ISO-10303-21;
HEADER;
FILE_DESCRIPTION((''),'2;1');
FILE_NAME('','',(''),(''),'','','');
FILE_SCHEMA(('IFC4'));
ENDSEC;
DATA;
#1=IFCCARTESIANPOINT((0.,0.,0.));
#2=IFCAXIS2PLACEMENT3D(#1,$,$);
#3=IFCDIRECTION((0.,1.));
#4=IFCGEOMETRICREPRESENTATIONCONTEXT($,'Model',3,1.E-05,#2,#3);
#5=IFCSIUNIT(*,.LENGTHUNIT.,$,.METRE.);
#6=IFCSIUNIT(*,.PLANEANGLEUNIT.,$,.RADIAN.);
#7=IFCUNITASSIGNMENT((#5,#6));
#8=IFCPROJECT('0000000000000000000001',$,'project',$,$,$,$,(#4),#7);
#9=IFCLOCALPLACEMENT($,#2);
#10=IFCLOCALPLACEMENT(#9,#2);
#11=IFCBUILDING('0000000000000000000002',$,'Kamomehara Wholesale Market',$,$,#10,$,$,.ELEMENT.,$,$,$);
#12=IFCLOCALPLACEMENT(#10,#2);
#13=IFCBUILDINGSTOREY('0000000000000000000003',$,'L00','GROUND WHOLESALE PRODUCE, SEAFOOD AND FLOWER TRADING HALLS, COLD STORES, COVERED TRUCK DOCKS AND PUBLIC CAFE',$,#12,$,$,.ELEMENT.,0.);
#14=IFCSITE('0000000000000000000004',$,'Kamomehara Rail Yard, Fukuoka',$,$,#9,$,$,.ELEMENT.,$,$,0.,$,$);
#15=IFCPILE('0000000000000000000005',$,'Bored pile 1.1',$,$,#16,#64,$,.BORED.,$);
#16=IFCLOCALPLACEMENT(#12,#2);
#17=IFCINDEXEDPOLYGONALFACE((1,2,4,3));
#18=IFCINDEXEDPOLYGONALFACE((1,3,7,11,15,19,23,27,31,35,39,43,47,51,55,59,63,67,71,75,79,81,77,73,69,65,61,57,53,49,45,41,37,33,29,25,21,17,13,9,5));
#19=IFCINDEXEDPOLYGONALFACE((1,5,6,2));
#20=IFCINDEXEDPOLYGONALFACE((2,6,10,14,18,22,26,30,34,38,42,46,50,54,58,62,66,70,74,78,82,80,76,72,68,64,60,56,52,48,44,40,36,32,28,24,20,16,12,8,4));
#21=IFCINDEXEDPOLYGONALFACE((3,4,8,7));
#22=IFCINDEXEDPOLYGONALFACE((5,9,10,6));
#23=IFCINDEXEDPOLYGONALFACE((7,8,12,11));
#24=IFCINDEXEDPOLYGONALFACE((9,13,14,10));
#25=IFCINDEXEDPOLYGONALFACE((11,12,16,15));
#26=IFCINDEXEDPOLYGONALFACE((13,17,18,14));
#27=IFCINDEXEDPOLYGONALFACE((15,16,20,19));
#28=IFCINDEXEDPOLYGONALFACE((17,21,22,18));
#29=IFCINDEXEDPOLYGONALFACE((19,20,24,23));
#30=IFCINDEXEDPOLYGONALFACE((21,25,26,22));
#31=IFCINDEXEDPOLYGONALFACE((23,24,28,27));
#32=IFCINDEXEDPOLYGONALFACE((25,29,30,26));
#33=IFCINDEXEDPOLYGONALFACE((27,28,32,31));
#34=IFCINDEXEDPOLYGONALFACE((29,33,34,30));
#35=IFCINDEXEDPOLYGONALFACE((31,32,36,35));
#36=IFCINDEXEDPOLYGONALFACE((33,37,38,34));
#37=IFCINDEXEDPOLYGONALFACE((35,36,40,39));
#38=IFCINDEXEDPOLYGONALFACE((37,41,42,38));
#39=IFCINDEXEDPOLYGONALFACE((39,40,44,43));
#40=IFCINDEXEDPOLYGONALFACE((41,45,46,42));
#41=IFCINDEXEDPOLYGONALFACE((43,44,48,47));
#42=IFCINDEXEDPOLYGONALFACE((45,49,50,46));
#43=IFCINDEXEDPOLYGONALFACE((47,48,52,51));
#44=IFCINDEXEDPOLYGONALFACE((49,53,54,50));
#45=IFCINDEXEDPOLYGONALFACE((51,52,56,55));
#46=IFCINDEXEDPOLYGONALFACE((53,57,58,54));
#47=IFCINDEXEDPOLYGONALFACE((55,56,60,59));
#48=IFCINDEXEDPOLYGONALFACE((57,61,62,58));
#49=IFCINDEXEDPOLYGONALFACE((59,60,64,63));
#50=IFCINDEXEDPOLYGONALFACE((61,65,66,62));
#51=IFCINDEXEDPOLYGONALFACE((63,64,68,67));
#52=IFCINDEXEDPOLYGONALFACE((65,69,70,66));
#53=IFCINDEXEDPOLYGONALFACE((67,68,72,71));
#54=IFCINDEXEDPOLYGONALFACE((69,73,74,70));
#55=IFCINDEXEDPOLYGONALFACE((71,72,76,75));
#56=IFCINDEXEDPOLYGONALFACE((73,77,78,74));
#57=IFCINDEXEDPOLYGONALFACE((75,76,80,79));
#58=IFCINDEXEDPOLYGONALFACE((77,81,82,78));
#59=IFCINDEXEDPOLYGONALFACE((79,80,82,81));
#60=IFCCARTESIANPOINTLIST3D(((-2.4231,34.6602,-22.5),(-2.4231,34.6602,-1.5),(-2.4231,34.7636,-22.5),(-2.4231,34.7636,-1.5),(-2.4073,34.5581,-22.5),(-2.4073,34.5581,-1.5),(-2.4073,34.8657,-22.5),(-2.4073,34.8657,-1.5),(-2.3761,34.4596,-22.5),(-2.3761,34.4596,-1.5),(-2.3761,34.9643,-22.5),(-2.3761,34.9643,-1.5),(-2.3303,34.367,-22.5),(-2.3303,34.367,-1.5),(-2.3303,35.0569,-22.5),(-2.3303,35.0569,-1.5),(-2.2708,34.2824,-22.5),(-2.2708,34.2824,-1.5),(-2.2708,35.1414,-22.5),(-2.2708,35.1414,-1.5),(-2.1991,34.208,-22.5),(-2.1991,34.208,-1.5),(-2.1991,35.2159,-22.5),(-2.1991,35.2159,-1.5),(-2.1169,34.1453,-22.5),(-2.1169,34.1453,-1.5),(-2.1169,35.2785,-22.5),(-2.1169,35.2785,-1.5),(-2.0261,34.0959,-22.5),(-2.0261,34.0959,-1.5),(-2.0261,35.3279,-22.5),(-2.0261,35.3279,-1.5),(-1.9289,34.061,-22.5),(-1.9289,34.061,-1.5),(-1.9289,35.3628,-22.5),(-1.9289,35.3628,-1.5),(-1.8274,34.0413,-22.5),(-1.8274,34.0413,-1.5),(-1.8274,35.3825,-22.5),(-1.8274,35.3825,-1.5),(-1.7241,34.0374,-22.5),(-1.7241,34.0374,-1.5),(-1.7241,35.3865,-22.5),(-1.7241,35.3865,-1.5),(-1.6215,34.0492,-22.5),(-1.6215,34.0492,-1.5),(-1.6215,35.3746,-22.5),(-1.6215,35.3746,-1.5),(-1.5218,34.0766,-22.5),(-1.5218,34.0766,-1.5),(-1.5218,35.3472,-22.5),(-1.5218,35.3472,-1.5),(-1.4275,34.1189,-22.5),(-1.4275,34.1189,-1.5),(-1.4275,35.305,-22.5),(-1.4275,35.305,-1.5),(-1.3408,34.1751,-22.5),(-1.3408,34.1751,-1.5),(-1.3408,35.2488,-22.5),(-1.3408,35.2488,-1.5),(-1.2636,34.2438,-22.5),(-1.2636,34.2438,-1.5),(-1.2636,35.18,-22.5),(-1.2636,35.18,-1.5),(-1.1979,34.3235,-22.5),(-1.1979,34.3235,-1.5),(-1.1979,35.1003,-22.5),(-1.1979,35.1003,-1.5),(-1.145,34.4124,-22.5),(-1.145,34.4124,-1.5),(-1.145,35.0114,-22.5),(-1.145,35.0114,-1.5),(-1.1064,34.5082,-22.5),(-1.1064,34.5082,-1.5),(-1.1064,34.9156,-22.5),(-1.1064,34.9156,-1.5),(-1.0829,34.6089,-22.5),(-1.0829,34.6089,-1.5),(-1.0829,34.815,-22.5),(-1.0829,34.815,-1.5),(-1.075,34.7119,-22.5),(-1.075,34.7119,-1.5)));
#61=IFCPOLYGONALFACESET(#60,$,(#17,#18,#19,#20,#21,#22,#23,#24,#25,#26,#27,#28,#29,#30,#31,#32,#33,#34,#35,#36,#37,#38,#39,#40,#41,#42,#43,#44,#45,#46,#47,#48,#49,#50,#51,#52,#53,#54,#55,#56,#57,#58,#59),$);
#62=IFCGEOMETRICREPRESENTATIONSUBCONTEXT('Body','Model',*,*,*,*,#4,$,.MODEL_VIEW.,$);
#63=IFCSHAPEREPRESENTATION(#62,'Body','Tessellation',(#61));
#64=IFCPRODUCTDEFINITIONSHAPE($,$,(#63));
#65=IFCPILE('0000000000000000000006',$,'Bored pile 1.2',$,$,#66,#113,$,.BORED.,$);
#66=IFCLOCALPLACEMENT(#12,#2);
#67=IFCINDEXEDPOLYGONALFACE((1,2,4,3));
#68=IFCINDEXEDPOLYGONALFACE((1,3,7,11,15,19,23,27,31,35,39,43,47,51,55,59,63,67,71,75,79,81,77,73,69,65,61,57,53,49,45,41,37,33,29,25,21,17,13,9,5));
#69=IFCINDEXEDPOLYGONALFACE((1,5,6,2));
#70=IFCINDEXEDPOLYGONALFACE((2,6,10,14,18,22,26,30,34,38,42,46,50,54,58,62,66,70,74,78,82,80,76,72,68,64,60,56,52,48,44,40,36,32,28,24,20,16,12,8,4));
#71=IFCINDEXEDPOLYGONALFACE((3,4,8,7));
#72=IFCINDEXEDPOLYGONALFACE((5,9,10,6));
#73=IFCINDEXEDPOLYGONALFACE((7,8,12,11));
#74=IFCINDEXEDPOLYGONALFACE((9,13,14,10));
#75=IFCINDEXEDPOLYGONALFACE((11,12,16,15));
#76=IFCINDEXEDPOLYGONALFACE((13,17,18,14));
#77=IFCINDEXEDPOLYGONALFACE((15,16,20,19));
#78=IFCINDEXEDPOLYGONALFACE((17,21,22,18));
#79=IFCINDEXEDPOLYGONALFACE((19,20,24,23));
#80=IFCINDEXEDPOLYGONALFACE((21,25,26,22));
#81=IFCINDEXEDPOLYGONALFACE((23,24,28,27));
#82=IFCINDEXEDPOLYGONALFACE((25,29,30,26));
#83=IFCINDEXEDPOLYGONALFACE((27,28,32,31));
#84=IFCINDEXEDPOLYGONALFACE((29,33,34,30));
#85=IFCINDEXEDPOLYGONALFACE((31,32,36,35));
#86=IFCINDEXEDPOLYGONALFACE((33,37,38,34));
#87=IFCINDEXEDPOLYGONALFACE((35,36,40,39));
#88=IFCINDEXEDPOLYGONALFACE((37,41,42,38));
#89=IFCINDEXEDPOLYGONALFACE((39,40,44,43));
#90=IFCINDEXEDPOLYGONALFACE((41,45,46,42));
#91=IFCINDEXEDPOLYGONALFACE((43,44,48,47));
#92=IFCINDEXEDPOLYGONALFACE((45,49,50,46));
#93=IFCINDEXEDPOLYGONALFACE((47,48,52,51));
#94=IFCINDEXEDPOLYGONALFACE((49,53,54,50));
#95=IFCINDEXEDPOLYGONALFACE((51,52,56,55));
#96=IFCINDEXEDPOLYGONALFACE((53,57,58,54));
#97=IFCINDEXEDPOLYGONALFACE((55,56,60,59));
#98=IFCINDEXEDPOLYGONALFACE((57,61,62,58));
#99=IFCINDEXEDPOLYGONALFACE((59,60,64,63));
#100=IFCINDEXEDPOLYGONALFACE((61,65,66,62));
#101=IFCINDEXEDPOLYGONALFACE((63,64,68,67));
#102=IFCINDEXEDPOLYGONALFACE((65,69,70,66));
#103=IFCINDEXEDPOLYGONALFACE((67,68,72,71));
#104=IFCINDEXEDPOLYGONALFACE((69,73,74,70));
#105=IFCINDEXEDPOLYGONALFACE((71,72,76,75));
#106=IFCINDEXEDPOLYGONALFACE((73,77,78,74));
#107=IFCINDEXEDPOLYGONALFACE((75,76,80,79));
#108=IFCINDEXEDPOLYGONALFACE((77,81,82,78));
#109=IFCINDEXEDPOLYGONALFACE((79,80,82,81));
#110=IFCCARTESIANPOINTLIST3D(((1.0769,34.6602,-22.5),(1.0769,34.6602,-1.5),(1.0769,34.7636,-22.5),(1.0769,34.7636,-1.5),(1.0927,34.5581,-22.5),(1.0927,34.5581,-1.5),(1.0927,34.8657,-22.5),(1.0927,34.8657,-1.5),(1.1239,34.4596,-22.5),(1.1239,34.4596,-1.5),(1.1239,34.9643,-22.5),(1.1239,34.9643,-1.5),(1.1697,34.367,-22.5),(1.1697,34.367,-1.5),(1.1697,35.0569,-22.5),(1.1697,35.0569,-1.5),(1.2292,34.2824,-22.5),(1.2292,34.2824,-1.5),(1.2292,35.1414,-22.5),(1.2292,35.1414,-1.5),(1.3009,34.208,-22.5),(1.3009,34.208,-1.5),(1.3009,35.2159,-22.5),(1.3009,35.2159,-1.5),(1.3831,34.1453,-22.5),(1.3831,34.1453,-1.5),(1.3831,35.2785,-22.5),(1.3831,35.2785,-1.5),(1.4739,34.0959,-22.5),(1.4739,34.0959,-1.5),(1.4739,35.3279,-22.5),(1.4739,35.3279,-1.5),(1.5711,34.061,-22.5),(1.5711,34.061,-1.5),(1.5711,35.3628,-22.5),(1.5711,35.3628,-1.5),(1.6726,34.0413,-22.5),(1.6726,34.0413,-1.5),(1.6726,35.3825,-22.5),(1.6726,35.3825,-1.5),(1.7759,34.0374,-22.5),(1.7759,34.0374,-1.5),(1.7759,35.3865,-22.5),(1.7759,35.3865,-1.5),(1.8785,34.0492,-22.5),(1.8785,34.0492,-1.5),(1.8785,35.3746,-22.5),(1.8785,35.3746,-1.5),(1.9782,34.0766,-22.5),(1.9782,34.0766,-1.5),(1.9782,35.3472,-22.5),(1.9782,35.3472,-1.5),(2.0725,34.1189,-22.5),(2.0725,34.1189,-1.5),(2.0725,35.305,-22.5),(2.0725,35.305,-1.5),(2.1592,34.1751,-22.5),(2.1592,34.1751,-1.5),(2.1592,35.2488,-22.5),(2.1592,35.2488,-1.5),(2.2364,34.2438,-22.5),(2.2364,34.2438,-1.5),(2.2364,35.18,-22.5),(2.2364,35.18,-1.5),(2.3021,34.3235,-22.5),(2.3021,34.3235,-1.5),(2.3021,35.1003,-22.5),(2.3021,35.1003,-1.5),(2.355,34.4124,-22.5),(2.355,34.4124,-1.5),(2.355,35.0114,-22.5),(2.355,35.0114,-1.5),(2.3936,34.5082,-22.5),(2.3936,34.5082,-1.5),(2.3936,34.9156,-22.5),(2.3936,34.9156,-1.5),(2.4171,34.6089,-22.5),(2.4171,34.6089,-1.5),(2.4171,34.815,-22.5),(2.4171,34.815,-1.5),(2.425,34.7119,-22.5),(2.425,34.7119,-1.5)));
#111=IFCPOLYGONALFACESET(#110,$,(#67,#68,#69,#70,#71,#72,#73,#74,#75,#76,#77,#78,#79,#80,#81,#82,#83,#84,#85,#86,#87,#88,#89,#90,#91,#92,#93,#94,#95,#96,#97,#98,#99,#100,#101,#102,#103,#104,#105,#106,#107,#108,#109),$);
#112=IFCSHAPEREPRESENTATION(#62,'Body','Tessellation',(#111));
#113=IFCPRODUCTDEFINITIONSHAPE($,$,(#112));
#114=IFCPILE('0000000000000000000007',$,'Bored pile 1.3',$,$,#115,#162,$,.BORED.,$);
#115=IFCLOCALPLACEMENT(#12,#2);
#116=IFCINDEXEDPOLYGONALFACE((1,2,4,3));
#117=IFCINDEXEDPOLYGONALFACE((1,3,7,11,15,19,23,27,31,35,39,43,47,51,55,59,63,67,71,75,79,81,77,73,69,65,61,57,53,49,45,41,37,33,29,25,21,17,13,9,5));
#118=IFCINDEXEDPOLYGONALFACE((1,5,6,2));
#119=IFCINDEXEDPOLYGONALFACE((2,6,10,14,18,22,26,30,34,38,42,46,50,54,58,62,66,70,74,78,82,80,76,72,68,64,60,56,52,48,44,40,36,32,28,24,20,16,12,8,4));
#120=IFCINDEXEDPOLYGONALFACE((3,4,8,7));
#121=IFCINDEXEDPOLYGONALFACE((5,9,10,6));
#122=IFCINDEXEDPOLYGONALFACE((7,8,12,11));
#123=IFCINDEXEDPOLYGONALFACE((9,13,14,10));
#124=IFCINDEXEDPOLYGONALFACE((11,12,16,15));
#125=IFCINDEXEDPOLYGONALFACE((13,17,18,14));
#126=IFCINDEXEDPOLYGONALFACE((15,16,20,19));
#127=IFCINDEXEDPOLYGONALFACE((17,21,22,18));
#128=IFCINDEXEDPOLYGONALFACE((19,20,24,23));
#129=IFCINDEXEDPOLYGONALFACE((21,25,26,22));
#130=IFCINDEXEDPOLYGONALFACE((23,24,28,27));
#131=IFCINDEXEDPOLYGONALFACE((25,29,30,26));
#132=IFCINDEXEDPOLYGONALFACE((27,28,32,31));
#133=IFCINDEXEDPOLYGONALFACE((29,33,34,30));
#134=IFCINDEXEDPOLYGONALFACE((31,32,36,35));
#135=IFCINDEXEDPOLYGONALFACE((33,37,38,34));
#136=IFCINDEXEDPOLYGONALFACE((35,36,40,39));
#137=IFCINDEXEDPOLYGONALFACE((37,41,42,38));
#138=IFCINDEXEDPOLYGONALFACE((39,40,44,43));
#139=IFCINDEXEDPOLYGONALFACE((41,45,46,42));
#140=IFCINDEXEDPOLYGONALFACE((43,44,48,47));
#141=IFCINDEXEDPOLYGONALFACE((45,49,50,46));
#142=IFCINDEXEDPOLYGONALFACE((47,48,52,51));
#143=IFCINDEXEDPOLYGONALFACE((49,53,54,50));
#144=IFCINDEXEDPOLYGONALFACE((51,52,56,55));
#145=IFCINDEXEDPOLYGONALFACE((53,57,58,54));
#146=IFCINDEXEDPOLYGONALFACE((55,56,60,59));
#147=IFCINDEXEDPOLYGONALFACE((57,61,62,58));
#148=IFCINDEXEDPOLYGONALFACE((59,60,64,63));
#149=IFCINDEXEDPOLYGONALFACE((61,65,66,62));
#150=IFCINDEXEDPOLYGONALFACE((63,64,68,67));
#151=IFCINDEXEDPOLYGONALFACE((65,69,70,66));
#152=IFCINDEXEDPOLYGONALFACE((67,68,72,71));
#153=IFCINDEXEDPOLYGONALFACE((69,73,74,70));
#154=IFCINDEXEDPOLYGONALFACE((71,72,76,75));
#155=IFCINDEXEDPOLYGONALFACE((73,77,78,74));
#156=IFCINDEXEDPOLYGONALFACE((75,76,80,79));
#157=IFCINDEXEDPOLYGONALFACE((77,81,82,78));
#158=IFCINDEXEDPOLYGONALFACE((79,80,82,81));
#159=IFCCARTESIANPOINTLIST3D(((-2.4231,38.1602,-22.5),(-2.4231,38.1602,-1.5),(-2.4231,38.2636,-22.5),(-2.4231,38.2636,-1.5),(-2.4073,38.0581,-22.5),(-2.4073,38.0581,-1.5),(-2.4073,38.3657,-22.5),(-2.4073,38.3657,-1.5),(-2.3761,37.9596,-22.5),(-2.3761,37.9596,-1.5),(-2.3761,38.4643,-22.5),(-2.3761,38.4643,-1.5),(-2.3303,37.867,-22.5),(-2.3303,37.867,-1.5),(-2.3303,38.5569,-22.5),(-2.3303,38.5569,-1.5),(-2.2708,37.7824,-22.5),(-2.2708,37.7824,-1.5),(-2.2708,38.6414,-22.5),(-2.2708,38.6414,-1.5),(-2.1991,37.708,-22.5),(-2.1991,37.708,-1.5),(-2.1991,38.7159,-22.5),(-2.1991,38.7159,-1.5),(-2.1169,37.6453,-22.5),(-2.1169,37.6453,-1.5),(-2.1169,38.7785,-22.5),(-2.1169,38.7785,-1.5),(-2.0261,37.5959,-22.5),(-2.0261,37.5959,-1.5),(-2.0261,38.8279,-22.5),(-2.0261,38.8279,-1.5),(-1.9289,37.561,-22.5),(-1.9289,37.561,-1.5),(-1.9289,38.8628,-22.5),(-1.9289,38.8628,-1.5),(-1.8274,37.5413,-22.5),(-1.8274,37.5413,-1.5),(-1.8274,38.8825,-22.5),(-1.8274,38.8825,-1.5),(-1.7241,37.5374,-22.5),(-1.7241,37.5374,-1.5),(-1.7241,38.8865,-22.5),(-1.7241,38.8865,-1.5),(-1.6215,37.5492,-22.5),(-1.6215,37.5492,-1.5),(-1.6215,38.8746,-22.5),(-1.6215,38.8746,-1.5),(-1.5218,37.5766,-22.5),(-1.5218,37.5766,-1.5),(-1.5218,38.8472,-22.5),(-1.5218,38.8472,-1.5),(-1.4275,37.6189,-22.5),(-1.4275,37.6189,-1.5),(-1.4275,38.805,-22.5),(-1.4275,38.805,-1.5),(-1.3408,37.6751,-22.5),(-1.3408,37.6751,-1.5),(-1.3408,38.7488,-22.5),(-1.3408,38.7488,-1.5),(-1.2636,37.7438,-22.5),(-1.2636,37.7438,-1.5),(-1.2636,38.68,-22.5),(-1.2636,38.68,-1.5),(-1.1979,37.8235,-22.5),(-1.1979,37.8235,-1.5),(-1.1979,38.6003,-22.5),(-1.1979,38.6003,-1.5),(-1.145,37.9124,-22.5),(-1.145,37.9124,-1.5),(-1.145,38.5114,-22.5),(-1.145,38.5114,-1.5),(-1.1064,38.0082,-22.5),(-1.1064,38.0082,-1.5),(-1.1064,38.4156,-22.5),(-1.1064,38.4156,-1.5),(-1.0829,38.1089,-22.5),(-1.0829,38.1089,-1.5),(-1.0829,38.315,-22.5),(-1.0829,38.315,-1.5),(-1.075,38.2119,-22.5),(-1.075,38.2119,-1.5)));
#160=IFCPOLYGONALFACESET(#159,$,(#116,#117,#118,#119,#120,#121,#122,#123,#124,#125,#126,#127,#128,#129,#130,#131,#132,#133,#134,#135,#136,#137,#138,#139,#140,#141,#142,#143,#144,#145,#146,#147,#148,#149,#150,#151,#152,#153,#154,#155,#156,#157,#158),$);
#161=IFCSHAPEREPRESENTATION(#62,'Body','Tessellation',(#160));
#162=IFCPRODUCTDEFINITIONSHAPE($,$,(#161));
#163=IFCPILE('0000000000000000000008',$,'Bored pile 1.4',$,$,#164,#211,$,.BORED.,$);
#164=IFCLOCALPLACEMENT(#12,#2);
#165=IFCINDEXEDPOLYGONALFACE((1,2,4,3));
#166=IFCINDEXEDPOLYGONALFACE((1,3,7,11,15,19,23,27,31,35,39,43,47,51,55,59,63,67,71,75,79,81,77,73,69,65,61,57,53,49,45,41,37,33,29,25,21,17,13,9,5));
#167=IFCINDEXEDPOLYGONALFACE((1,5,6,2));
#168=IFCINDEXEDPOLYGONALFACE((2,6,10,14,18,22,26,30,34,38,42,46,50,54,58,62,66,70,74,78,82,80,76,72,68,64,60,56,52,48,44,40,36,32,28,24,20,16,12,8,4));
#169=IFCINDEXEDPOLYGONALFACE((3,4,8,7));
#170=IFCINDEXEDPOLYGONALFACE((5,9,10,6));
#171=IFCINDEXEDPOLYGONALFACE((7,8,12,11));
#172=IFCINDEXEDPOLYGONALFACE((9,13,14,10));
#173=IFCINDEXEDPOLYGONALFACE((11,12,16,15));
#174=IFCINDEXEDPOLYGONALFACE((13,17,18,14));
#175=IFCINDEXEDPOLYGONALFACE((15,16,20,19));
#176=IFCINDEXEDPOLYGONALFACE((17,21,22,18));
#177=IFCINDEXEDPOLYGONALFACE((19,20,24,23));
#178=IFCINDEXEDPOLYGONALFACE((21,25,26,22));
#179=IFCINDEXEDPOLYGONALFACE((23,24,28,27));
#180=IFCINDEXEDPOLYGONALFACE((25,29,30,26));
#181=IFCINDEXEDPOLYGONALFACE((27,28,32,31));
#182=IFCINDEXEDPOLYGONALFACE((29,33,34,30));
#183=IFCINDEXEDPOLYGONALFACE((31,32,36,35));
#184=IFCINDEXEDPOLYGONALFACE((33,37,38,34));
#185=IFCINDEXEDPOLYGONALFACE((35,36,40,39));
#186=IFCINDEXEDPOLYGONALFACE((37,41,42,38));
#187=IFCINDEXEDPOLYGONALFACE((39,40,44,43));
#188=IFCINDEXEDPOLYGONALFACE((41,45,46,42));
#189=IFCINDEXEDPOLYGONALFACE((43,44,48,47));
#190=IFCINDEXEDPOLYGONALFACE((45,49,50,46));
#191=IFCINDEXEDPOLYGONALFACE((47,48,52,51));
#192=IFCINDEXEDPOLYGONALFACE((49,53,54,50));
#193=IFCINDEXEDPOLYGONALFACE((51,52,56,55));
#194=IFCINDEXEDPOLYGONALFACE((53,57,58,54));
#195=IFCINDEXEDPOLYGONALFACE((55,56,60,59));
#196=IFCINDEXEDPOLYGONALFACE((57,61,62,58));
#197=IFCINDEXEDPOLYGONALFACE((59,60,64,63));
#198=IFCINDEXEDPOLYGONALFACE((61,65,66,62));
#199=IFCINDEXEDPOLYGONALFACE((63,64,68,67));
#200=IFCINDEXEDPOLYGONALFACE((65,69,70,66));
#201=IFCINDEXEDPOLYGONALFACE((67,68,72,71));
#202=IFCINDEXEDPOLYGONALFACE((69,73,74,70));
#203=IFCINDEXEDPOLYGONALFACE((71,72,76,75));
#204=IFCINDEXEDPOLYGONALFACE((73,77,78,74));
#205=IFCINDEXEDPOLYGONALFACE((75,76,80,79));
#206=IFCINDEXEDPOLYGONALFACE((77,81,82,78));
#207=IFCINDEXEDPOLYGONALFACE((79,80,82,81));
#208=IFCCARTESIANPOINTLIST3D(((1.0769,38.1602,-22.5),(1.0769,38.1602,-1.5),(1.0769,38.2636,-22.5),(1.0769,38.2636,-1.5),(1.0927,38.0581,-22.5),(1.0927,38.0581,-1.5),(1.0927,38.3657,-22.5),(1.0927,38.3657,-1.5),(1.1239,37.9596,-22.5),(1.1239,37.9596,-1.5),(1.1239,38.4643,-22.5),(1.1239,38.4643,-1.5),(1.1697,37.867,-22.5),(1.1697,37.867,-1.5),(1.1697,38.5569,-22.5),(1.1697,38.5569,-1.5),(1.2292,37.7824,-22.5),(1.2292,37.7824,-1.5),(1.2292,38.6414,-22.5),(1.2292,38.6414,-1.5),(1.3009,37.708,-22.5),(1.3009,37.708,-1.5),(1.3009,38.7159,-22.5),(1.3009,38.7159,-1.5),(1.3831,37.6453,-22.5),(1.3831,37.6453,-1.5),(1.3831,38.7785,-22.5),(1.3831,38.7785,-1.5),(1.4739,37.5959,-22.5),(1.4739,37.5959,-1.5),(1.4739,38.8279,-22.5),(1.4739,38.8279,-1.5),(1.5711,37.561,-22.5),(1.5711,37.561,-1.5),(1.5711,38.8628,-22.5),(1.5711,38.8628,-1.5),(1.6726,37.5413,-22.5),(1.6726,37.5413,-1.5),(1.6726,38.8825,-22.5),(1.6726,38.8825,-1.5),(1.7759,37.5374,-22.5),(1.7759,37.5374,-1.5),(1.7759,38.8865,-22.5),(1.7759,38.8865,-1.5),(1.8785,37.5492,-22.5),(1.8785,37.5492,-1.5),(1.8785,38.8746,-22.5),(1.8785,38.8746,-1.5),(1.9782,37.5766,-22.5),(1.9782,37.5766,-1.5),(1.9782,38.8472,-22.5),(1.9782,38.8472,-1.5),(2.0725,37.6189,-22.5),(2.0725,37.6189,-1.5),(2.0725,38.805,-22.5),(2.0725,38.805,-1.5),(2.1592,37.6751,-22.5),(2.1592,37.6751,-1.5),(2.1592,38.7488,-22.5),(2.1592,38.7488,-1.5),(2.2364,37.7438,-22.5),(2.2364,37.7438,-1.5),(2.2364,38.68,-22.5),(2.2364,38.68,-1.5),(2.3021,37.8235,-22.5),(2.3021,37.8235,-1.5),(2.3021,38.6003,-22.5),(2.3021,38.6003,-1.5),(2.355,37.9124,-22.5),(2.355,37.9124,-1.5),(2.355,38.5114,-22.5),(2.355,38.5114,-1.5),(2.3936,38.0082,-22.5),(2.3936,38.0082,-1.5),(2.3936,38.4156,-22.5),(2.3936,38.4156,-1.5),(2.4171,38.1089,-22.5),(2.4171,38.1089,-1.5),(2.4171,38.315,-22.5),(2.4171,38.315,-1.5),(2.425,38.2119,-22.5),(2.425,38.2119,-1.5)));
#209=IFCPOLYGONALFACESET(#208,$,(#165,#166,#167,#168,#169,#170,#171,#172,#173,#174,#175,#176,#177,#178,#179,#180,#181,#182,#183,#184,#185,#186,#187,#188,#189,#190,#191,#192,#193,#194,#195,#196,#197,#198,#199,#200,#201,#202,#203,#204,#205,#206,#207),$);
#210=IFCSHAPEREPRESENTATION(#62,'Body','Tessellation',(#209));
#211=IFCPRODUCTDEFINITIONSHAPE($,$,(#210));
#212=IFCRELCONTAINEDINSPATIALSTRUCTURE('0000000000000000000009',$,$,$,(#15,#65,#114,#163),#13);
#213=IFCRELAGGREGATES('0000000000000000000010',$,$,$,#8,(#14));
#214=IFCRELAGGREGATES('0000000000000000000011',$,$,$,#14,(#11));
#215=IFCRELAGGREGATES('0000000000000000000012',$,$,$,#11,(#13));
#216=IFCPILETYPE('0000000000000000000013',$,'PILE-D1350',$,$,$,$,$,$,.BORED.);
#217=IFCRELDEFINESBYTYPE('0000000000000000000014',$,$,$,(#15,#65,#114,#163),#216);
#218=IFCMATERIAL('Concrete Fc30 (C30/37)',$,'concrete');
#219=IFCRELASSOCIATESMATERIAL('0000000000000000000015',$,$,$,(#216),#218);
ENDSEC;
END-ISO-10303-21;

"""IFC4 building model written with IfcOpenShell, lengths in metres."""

from ifc_helpers import new_model, si_unit, direction, frame, origin, origin_2d, place, context, subcontext, project, spatial, circle, extrude, material, material_profile, profile_set, type_object, element, save


model = new_model("IFC4")

# Units and contexts
model_context = context("Model", 3, precision=1e-05, world=origin(), true_north=direction((0.0, 1.0)))
body_context = subcontext(model_context, "Body", "Model", "MODEL_VIEW")
ifc_project = project(units=[si_unit("LENGTHUNIT", "METRE"), si_unit("PLANEANGLEUNIT", "RADIAN")], contexts=[model_context])

# Site, building, storey
site_placement = place(None, origin())
site = spatial("IfcSite", under=ifc_project, at=site_placement, Name="Kamomehara Rail Yard, Fukuoka", CompositionType="ELEMENT", RefElevation=0.0)
building_placement = place(site_placement, origin())
building = spatial("IfcBuilding", under=site, at=building_placement, Name="Kamomehara Wholesale Market", CompositionType="ELEMENT")
storey_placement = place(building_placement, origin())
storey = spatial("IfcBuildingStorey", under=building, at=storey_placement, Name="L00", Description="GROUND WHOLESALE PRODUCE, SEAFOOD AND FLOWER TRADING HALLS, COLD STORES, COVERED TRUCK DOCKS AND PUBLIC CAFE", CompositionType="ELEMENT", Elevation=0.0)

# Piles
ifc_material_1 = material(Name="Concrete Fc30 (C30/37)", Category="concrete")
ifc_material_profile_1 = material_profile(ifc_material_1, circle(Radius=0.675, at=origin_2d()), Name="RC-PILE-D1350")
ifc_profile_set_1 = profile_set([ifc_material_profile_1], Name="Concrete Fc30 (C30/37)")
pile_type_1 = type_object("IfcPileType", Name="PILE-D1350", PredefinedType="BORED", material=ifc_profile_set_1)
for number, where, z_axis, x_axis, name in (
    (1, (-1.75, 34.7119, -1.5), (0.0, 0.0, -1.0), (1.0, 0.0, 0.0), "Bored pile 1.1"),
    (2, (1.75, 34.7119, -1.5), (0.0, 0.0, -1.0), (1.0, 0.0, 0.0), "Bored pile 1.2"),
    (3, (-1.75, 38.2119, -1.5), (0.0, 0.0, -1.0), (1.0, 0.0, 0.0), "Bored pile 1.3"),
    (4, (1.75, 38.2119, -1.5), (0.0, 0.0, -1.0), (1.0, 0.0, 0.0), "Bored pile 1.4"),
):
    element("IfcPile", number, at=place(storey_placement, frame(where, z_axis=z_axis, x_axis=x_axis)), inside=storey, type_object=pile_type_1, Name=name, PredefinedType="BORED", context=body_context, shape_type="SweptSolid", body=[
        extrude(circle(Radius=0.675, at=origin_2d()), origin(), (0.0, 0.0, 1.0), 21.0),
    ])

save(model, "model.ifc")
